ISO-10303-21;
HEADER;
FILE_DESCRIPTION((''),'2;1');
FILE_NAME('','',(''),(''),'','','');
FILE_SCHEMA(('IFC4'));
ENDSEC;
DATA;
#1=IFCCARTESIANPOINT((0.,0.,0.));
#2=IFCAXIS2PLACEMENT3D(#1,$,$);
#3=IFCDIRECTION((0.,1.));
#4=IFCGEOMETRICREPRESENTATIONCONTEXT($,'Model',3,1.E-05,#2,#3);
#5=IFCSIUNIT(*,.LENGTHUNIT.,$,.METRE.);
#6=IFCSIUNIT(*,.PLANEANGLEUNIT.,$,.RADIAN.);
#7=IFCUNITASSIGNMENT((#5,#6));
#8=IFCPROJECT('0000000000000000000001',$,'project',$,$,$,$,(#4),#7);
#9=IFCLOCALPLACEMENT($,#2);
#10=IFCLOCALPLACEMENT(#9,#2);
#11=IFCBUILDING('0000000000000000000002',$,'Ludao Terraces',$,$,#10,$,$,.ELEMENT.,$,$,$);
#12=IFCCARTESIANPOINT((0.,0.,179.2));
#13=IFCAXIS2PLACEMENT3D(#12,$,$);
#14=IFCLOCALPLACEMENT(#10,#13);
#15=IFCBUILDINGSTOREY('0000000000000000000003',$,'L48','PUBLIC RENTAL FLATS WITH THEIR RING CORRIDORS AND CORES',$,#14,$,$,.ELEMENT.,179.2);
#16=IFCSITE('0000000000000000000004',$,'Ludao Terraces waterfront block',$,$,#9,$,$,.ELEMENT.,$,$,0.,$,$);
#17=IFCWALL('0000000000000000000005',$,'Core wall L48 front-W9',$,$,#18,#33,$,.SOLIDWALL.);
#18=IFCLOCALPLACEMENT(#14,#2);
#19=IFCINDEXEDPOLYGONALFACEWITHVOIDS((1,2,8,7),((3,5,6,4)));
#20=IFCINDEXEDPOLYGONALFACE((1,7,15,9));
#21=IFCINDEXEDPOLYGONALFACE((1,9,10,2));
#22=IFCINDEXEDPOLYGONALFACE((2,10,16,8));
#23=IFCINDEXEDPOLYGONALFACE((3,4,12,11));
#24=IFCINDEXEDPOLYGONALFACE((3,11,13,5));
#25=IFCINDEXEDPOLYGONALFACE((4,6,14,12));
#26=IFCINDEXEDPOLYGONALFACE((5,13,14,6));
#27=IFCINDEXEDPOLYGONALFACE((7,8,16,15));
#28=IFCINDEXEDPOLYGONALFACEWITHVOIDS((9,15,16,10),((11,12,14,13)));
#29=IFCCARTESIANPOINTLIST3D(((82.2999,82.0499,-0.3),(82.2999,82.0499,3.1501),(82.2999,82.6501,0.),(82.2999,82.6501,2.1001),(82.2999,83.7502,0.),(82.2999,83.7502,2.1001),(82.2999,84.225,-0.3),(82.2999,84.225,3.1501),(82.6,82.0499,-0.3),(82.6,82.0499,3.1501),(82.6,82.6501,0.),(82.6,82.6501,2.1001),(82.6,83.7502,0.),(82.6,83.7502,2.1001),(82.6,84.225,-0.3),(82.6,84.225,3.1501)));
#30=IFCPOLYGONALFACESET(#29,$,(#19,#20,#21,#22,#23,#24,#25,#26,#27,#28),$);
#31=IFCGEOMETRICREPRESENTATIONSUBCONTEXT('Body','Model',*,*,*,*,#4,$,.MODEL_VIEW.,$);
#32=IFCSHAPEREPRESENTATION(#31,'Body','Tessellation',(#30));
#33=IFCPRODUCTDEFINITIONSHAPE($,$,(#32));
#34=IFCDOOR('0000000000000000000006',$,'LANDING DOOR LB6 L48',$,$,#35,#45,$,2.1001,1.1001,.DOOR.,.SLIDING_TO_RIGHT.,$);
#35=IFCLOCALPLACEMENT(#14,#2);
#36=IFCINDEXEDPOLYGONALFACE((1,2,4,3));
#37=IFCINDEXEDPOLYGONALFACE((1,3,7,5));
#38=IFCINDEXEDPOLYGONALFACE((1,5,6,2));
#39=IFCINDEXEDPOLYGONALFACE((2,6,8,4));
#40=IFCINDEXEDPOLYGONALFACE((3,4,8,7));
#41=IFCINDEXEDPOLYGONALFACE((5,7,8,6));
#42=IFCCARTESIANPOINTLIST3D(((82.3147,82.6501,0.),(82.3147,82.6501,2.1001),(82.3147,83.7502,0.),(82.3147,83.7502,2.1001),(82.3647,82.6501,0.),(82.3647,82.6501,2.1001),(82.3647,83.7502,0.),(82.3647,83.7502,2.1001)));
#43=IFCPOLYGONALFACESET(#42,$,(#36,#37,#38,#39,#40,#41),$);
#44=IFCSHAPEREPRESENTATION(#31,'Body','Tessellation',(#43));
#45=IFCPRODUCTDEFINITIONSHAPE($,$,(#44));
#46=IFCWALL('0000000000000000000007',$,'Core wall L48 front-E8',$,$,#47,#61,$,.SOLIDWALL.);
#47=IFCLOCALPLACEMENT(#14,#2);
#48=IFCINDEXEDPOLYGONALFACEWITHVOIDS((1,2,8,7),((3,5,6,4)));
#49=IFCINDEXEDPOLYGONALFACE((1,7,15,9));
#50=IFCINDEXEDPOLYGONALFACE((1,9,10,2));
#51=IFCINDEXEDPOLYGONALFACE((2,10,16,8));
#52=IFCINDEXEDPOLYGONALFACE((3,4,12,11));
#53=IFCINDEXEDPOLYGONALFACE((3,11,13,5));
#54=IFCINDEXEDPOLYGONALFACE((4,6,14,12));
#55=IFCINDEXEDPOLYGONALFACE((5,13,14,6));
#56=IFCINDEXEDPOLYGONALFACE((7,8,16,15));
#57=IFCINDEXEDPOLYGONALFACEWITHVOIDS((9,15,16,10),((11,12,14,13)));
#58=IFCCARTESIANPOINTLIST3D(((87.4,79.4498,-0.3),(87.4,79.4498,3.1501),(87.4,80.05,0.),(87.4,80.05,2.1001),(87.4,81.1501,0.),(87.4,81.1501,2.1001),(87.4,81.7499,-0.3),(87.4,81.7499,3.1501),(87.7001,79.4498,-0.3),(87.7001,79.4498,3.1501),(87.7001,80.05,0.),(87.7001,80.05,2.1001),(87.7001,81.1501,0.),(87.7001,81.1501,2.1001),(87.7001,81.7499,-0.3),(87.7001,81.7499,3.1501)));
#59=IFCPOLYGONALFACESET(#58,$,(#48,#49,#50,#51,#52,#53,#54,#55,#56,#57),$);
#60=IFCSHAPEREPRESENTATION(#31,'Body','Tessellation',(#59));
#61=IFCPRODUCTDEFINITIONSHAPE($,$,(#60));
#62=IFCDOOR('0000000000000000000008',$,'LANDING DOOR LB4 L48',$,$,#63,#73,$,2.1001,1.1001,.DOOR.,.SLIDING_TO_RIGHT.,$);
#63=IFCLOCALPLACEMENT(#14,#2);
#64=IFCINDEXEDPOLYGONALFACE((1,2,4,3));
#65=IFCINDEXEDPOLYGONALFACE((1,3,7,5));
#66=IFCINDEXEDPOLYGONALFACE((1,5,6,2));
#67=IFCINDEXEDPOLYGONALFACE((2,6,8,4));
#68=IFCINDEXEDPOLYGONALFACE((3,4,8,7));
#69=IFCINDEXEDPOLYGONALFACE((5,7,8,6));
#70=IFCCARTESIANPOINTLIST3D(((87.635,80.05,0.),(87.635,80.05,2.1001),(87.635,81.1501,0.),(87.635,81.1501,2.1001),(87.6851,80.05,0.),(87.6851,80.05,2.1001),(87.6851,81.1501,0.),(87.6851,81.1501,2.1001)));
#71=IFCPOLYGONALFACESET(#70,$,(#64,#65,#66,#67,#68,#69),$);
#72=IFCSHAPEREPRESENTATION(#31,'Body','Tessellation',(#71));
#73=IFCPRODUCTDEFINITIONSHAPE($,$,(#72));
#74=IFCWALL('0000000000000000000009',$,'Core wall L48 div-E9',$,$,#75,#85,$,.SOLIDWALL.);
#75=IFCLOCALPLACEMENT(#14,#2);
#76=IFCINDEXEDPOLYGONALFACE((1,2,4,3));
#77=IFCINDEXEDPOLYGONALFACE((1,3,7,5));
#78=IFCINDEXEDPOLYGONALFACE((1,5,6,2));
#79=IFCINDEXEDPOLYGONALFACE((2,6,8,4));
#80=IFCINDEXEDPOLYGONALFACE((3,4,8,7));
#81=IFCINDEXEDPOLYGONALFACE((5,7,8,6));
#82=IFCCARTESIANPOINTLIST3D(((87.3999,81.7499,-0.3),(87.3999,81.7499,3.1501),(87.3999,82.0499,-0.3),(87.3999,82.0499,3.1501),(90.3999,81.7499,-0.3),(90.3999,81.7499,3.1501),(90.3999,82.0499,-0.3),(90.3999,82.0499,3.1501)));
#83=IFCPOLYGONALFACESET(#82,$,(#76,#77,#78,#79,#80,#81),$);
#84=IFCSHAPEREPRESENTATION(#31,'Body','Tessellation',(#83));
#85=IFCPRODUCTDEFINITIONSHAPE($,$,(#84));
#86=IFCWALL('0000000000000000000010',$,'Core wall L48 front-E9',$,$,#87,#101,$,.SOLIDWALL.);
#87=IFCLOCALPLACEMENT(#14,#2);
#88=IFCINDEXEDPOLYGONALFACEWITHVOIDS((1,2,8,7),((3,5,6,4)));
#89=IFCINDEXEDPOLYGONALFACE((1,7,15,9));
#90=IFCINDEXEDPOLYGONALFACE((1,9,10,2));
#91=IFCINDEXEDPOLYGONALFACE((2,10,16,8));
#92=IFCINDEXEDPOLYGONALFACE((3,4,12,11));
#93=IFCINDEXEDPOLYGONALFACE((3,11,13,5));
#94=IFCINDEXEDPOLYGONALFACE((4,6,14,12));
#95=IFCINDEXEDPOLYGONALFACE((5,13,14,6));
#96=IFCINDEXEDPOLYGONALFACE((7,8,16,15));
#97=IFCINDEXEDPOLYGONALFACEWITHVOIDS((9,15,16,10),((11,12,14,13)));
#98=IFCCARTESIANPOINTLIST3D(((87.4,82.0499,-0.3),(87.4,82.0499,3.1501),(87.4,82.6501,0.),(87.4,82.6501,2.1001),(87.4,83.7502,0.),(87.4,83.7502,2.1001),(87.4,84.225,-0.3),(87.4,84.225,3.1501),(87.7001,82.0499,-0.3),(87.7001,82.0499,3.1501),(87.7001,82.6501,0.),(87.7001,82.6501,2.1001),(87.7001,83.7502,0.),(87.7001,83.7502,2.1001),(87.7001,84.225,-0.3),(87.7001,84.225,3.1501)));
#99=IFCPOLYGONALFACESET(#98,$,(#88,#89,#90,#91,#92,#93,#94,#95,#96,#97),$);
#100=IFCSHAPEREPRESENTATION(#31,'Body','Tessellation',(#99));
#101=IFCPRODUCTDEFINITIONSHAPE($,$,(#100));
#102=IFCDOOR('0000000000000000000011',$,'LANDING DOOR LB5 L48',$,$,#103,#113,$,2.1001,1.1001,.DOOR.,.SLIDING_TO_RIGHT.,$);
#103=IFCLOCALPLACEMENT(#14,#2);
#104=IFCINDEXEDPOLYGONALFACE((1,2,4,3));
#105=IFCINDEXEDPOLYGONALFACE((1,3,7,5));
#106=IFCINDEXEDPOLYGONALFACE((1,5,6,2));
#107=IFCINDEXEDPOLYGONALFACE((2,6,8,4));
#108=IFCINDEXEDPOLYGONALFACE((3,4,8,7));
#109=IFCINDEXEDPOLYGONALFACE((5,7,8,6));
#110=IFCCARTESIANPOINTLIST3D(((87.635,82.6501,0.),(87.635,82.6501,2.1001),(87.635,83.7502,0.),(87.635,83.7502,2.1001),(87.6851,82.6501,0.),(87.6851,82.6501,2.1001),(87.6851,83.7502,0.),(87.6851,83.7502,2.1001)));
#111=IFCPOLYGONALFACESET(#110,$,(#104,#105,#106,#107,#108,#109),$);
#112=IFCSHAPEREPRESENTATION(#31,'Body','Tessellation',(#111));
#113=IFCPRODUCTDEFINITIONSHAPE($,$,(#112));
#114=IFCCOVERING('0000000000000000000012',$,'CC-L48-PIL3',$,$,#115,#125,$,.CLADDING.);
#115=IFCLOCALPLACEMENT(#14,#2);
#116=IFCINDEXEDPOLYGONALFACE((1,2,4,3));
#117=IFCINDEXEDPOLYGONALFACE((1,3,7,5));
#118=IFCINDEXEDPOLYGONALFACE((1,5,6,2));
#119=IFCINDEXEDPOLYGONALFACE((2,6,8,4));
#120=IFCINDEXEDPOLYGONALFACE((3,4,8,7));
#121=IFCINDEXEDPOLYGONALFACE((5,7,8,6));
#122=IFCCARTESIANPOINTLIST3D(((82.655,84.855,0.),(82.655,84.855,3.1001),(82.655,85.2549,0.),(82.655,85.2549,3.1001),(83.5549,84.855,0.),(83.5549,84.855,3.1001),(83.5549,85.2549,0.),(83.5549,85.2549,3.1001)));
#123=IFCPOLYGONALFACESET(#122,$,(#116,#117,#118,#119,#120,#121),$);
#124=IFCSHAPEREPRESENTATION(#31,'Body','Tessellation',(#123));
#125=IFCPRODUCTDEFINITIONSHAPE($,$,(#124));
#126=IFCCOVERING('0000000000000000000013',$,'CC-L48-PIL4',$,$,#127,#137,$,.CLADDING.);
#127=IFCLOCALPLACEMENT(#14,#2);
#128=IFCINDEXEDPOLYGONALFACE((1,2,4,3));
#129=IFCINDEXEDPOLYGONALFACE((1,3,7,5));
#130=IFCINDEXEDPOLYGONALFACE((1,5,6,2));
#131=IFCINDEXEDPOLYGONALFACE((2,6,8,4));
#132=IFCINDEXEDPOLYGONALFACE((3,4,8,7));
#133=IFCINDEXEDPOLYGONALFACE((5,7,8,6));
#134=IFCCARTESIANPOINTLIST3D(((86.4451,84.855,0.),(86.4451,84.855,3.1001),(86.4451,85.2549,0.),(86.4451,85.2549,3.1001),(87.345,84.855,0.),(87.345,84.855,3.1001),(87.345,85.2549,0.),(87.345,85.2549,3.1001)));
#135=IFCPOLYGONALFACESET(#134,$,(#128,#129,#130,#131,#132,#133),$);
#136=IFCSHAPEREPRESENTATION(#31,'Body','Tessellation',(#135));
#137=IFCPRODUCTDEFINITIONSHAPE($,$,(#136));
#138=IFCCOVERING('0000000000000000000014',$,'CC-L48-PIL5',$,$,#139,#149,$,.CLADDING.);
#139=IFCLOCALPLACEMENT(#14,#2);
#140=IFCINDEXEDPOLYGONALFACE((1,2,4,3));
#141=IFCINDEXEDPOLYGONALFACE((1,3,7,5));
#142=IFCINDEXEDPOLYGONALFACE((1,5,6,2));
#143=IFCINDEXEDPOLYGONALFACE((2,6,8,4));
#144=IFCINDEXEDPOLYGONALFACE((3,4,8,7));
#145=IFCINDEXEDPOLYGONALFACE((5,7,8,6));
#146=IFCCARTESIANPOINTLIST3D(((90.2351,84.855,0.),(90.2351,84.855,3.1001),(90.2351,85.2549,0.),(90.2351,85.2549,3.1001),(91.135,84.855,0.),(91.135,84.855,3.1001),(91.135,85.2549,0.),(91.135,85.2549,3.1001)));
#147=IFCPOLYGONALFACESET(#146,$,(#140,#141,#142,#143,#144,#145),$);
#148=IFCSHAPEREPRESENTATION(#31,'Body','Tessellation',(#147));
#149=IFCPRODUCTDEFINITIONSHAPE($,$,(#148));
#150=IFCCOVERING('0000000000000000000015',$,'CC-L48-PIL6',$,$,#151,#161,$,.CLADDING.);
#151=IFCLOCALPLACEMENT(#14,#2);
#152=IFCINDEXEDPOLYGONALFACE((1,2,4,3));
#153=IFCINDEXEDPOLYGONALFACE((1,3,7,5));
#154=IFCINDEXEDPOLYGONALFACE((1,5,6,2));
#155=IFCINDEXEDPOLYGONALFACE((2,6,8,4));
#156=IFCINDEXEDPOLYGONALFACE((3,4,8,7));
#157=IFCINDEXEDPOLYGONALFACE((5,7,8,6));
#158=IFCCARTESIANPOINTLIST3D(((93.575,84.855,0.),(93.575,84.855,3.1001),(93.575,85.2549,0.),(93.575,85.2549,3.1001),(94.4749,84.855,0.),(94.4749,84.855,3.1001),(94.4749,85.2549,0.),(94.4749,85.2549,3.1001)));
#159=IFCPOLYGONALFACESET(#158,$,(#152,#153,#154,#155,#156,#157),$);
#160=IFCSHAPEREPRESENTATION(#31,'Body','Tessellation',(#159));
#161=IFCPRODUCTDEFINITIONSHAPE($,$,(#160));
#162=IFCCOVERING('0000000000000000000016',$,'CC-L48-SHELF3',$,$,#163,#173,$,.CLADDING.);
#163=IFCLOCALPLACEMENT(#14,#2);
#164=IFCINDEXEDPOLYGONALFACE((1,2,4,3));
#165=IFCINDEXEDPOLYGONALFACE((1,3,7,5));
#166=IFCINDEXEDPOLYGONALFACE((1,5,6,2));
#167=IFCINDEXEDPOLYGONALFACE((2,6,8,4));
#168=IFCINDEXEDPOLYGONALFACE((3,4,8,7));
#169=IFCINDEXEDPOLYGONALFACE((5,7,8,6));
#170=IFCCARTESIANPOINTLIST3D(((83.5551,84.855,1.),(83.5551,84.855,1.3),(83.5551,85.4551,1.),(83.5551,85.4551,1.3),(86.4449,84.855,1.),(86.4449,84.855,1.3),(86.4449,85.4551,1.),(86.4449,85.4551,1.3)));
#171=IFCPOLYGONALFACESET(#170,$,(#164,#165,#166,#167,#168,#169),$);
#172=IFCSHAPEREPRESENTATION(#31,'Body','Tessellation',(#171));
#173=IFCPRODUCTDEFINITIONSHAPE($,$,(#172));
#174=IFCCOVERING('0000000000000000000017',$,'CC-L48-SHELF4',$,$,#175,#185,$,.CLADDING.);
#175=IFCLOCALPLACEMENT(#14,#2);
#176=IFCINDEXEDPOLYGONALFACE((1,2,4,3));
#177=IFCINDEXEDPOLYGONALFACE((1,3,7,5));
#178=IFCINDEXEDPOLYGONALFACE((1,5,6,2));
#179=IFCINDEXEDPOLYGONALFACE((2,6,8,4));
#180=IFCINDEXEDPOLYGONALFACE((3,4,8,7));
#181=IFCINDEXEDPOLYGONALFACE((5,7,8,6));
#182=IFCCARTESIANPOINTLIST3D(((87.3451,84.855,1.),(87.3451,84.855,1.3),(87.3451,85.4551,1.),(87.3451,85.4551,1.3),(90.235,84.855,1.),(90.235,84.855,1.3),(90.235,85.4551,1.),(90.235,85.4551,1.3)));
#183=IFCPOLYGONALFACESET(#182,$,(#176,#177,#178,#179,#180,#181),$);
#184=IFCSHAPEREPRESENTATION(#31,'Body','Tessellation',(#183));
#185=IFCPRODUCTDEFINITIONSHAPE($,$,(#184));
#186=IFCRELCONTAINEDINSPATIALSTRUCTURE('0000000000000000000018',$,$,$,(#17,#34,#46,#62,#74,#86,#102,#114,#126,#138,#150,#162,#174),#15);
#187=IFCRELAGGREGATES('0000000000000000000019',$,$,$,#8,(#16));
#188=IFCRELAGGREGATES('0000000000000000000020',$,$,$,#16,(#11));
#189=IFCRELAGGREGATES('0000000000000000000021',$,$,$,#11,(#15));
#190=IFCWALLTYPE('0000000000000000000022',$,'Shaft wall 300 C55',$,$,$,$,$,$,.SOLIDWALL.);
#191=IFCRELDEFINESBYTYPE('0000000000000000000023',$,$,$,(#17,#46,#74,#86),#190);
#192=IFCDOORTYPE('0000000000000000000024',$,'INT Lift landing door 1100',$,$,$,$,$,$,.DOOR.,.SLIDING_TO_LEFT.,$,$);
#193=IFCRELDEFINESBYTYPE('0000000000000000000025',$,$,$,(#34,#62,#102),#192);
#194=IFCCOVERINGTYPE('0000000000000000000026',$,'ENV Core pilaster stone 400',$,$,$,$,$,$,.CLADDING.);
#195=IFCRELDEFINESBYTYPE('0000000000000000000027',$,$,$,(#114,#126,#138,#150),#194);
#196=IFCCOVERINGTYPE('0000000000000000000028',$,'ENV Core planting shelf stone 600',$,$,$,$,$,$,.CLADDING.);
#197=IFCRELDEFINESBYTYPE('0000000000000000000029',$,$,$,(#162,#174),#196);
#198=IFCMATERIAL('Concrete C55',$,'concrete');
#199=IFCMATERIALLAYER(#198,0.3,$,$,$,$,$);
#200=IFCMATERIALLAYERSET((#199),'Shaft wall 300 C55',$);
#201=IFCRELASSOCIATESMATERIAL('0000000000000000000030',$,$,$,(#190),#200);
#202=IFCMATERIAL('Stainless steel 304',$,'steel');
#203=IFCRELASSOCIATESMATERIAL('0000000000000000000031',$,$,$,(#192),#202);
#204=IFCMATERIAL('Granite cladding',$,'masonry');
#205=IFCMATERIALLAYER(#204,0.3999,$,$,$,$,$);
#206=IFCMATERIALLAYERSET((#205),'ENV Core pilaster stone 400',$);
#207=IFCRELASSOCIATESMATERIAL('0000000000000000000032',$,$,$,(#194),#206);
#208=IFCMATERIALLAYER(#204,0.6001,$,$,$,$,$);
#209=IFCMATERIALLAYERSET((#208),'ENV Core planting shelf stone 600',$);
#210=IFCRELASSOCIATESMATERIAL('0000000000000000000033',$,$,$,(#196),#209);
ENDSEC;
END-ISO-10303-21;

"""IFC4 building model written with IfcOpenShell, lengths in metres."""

from ifc_helpers import new_model, si_unit, direction, frame, frame_2d, origin, origin_2d, place, context, subcontext, project, spatial, rectangle, extrude, material, layer, layer_set, type_object, element, fill, save


model = new_model("IFC4")

# Units and contexts
model_context = context("Model", 3, precision=1e-05, world=origin(), true_north=direction((0.0, 1.0)))
body_context = subcontext(model_context, "Body", "Model", "MODEL_VIEW")
ifc_project = project(units=[si_unit("LENGTHUNIT", "METRE"), si_unit("PLANEANGLEUNIT", "RADIAN")], contexts=[model_context])

# Site, building, storey
site_placement = place(None, origin())
site = spatial("IfcSite", under=ifc_project, at=site_placement, Name="Ludao Terraces waterfront block", CompositionType="ELEMENT", RefElevation=0.0)
building_placement = place(site_placement, origin())
building = spatial("IfcBuilding", under=site, at=building_placement, Name="Ludao Terraces", CompositionType="ELEMENT")
storey_placement = place(building_placement, frame((0.0, 0.0, 179.2)))
storey = spatial("IfcBuildingStorey", under=building, at=storey_placement, Name="L48", Description="PUBLIC RENTAL FLATS WITH THEIR RING CORRIDORS AND CORES", CompositionType="ELEMENT", Elevation=179.2)

# Walls, openings, doors
ifc_material_1 = material(Name="Concrete C55", Category="concrete")
ifc_layer_1 = layer(ifc_material_1, 0.3)
ifc_layer_set_1 = layer_set([ifc_layer_1], Name="Shaft wall 300 C55")
wall_type = type_object("IfcWallType", Name="Shaft wall 300 C55", PredefinedType="SOLIDWALL", material=ifc_layer_set_1)
wall_1_placement = place(storey_placement, frame((82.45, 82.05, -0.3), z_axis=(0.0, 0.0, 1.0), x_axis=(0.0, 1.0, 0.0)))
wall_1 = element("IfcWall", 1, at=wall_1_placement, inside=storey, type_object=wall_type, Name="Core wall L48 front-W9", PredefinedType="SOLIDWALL", context=body_context, shape_type="SweptSolid", body=[
    extrude(rectangle(XDim=2.175, YDim=0.3, at=frame_2d((1.0874, 0.0))), origin(), (0.0, 0.0, 1.0), 3.4502),
])
opening_1_placement = place(wall_1_placement, frame((0.6001, 0.0, 0.3)))
opening_1 = element("IfcOpeningElement", 2, at=opening_1_placement, cuts=wall_1, PredefinedType="OPENING", context=body_context, shape_type="SweptSolid", body=[
    extrude(rectangle(XDim=1.1001, YDim=2.1001, at=frame_2d((0.55, 1.05))), frame((0.0, 0.1602, 0.0), z_axis=(0.0, -1.0, 0.0), x_axis=(1.0, 0.0, 0.0)), (0.0, 0.0, 1.0), 0.3201),
])
ifc_material_2 = material(Name="Stainless steel 304", Category="steel")
door_type = type_object("IfcDoorType", Name="INT Lift landing door 1100", OperationType="SLIDING_TO_LEFT", PredefinedType="DOOR", material=ifc_material_2)
door_1_placement = place(opening_1_placement, origin())
door_1 = element("IfcDoor", 3, at=door_1_placement, inside=storey, type_object=door_type, Name="LANDING DOOR LB6 L48", OperationType="SLIDING_TO_RIGHT", OverallHeight=2.1001, OverallWidth=1.1001, PredefinedType="DOOR", context=body_context, shape_type="SweptSolid", body=[
    extrude(rectangle(XDim=1.1001, YDim=2.1001, at=frame_2d((0.55, 1.05))), frame((0.0, 0.1353, 0.0), z_axis=(0.0, -1.0, 0.0), x_axis=(1.0, 0.0, 0.0)), (0.0, 0.0, 1.0), 0.05),
])
fill(opening_1, door_1)
wall_2_placement = place(storey_placement, frame((87.55, 79.45, -0.3), z_axis=(0.0, 0.0, 1.0), x_axis=(0.0, 1.0, 0.0)))
wall_2 = element("IfcWall", 4, at=wall_2_placement, inside=storey, type_object=wall_type, Name="Core wall L48 front-E8", PredefinedType="SOLIDWALL", context=body_context, shape_type="SweptSolid", body=[
    extrude(rectangle(XDim=2.3, YDim=0.3, at=frame_2d((1.1499, 0.0))), origin(), (0.0, 0.0, 1.0), 3.4502),
])
opening_2_placement = place(wall_2_placement, frame((0.6001, 0.0, 0.3)))
opening_2 = element("IfcOpeningElement", 5, at=opening_2_placement, cuts=wall_2, PredefinedType="OPENING", context=body_context, shape_type="SweptSolid", body=[
    extrude(rectangle(XDim=1.1001, YDim=2.1001, at=frame_2d((0.55, 1.05))), frame((0.0, 0.1602, 0.0), z_axis=(0.0, -1.0, 0.0), x_axis=(1.0, 0.0, 0.0)), (0.0, 0.0, 1.0), 0.3201),
])
door_2_placement = place(opening_2_placement, origin())
door_2 = element("IfcDoor", 6, at=door_2_placement, inside=storey, type_object=door_type, Name="LANDING DOOR LB4 L48", OperationType="SLIDING_TO_RIGHT", OverallHeight=2.1001, OverallWidth=1.1001, PredefinedType="DOOR", context=body_context, shape_type="SweptSolid", body=[
    extrude(rectangle(XDim=1.1001, YDim=2.1001, at=frame_2d((0.55, 1.05))), frame((0.0, -0.085, 0.0), z_axis=(0.0, -1.0, 0.0), x_axis=(1.0, 0.0, 0.0)), (0.0, 0.0, 1.0), 0.05),
])
fill(opening_2, door_2)

# Wall
wall_3_placement = place(storey_placement, frame((87.3999, 81.8999, -0.3), z_axis=(0.0, 0.0, 1.0), x_axis=(1.0, 0.0, 0.0)))
element("IfcWall", 7, at=wall_3_placement, inside=storey, type_object=wall_type, Name="Core wall L48 div-E9", PredefinedType="SOLIDWALL", context=body_context, shape_type="SweptSolid", body=[
    extrude(rectangle(XDim=3.0, YDim=0.3, at=frame_2d((1.5, 0.0))), origin(), (0.0, 0.0, 1.0), 3.4502),
])

# Wall, opening, door
wall_4_placement = place(storey_placement, frame((87.55, 82.05, -0.3), z_axis=(0.0, 0.0, 1.0), x_axis=(0.0, 1.0, 0.0)))
wall_4 = element("IfcWall", 8, at=wall_4_placement, inside=storey, type_object=wall_type, Name="Core wall L48 front-E9", PredefinedType="SOLIDWALL", context=body_context, shape_type="SweptSolid", body=[
    extrude(rectangle(XDim=2.175, YDim=0.3, at=frame_2d((1.0874, 0.0))), origin(), (0.0, 0.0, 1.0), 3.4502),
])
opening_3_placement = place(wall_4_placement, frame((0.6001, 0.0, 0.3)))
opening_3 = element("IfcOpeningElement", 9, at=opening_3_placement, cuts=wall_4, PredefinedType="OPENING", context=body_context, shape_type="SweptSolid", body=[
    extrude(rectangle(XDim=1.1001, YDim=2.1001, at=frame_2d((0.55, 1.05))), frame((0.0, 0.1602, 0.0), z_axis=(0.0, -1.0, 0.0), x_axis=(1.0, 0.0, 0.0)), (0.0, 0.0, 1.0), 0.3201),
])
door_3_placement = place(opening_3_placement, origin())
door_3 = element("IfcDoor", 10, at=door_3_placement, inside=storey, type_object=door_type, Name="LANDING DOOR LB5 L48", OperationType="SLIDING_TO_RIGHT", OverallHeight=2.1001, OverallWidth=1.1001, PredefinedType="DOOR", context=body_context, shape_type="SweptSolid", body=[
    extrude(rectangle(XDim=1.1001, YDim=2.1001, at=frame_2d((0.55, 1.05))), frame((0.0, -0.085, 0.0), z_axis=(0.0, -1.0, 0.0), x_axis=(1.0, 0.0, 0.0)), (0.0, 0.0, 1.0), 0.05),
])
fill(opening_3, door_3)

# Coverings
ifc_material_3 = material(Name="Granite cladding", Category="masonry")
ifc_layer_2 = layer(ifc_material_3, 0.3999)
ifc_layer_set_2 = layer_set([ifc_layer_2], Name="ENV Core pilaster stone 400")
covering_type_1 = type_object("IfcCoveringType", Name="ENV Core pilaster stone 400", PredefinedType="CLADDING", material=ifc_layer_set_2)
for number, where, z_axis, x_axis, name in (
    (11, (83.105, 85.0549, 0.0), (0.0, 0.0, 1.0), (1.0, 0.0, 0.0), "CC-L48-PIL3"),
    (12, (86.895, 85.0549, 0.0), (0.0, 0.0, 1.0), (1.0, 0.0, 0.0), "CC-L48-PIL4"),
    (13, (90.6851, 85.0549, 0.0), (0.0, 0.0, 1.0), (1.0, 0.0, 0.0), "CC-L48-PIL5"),
    (14, (94.0249, 85.0549, 0.0), (0.0, 0.0, 1.0), (1.0, 0.0, 0.0), "CC-L48-PIL6"),
):
    element("IfcCovering", number, at=place(storey_placement, frame(where, z_axis=z_axis, x_axis=x_axis)), inside=storey, type_object=covering_type_1, Name=name, PredefinedType="CLADDING", context=body_context, shape_type="SweptSolid", body=[
        extrude(rectangle(XDim=0.8999, YDim=0.3999, at=origin_2d()), origin(), (0.0, 0.0, 1.0), 3.1001),
    ])
ifc_layer_3 = layer(ifc_material_3, 0.6001)
ifc_layer_set_3 = layer_set([ifc_layer_3], Name="ENV Core planting shelf stone 600")
covering_type_2 = type_object("IfcCoveringType", Name="ENV Core planting shelf stone 600", PredefinedType="CLADDING", material=ifc_layer_set_3)
for number, where, z_axis, x_axis, name in (
    (15, (85.0, 85.155, 1.0), (0.0, 0.0, 1.0), (1.0, 0.0, 0.0), "CC-L48-SHELF3"),
    (16, (88.79, 85.155, 1.0), (0.0, 0.0, 1.0), (1.0, 0.0, 0.0), "CC-L48-SHELF4"),
):
    element("IfcCovering", number, at=place(storey_placement, frame(where, z_axis=z_axis, x_axis=x_axis)), inside=storey, type_object=covering_type_2, Name=name, PredefinedType="CLADDING", context=body_context, shape_type="SweptSolid", body=[
        extrude(rectangle(XDim=2.8899, YDim=0.6001, at=origin_2d()), origin(), (0.0, 0.0, 1.0), 0.3),
    ])

save(model, "model.ifc")
